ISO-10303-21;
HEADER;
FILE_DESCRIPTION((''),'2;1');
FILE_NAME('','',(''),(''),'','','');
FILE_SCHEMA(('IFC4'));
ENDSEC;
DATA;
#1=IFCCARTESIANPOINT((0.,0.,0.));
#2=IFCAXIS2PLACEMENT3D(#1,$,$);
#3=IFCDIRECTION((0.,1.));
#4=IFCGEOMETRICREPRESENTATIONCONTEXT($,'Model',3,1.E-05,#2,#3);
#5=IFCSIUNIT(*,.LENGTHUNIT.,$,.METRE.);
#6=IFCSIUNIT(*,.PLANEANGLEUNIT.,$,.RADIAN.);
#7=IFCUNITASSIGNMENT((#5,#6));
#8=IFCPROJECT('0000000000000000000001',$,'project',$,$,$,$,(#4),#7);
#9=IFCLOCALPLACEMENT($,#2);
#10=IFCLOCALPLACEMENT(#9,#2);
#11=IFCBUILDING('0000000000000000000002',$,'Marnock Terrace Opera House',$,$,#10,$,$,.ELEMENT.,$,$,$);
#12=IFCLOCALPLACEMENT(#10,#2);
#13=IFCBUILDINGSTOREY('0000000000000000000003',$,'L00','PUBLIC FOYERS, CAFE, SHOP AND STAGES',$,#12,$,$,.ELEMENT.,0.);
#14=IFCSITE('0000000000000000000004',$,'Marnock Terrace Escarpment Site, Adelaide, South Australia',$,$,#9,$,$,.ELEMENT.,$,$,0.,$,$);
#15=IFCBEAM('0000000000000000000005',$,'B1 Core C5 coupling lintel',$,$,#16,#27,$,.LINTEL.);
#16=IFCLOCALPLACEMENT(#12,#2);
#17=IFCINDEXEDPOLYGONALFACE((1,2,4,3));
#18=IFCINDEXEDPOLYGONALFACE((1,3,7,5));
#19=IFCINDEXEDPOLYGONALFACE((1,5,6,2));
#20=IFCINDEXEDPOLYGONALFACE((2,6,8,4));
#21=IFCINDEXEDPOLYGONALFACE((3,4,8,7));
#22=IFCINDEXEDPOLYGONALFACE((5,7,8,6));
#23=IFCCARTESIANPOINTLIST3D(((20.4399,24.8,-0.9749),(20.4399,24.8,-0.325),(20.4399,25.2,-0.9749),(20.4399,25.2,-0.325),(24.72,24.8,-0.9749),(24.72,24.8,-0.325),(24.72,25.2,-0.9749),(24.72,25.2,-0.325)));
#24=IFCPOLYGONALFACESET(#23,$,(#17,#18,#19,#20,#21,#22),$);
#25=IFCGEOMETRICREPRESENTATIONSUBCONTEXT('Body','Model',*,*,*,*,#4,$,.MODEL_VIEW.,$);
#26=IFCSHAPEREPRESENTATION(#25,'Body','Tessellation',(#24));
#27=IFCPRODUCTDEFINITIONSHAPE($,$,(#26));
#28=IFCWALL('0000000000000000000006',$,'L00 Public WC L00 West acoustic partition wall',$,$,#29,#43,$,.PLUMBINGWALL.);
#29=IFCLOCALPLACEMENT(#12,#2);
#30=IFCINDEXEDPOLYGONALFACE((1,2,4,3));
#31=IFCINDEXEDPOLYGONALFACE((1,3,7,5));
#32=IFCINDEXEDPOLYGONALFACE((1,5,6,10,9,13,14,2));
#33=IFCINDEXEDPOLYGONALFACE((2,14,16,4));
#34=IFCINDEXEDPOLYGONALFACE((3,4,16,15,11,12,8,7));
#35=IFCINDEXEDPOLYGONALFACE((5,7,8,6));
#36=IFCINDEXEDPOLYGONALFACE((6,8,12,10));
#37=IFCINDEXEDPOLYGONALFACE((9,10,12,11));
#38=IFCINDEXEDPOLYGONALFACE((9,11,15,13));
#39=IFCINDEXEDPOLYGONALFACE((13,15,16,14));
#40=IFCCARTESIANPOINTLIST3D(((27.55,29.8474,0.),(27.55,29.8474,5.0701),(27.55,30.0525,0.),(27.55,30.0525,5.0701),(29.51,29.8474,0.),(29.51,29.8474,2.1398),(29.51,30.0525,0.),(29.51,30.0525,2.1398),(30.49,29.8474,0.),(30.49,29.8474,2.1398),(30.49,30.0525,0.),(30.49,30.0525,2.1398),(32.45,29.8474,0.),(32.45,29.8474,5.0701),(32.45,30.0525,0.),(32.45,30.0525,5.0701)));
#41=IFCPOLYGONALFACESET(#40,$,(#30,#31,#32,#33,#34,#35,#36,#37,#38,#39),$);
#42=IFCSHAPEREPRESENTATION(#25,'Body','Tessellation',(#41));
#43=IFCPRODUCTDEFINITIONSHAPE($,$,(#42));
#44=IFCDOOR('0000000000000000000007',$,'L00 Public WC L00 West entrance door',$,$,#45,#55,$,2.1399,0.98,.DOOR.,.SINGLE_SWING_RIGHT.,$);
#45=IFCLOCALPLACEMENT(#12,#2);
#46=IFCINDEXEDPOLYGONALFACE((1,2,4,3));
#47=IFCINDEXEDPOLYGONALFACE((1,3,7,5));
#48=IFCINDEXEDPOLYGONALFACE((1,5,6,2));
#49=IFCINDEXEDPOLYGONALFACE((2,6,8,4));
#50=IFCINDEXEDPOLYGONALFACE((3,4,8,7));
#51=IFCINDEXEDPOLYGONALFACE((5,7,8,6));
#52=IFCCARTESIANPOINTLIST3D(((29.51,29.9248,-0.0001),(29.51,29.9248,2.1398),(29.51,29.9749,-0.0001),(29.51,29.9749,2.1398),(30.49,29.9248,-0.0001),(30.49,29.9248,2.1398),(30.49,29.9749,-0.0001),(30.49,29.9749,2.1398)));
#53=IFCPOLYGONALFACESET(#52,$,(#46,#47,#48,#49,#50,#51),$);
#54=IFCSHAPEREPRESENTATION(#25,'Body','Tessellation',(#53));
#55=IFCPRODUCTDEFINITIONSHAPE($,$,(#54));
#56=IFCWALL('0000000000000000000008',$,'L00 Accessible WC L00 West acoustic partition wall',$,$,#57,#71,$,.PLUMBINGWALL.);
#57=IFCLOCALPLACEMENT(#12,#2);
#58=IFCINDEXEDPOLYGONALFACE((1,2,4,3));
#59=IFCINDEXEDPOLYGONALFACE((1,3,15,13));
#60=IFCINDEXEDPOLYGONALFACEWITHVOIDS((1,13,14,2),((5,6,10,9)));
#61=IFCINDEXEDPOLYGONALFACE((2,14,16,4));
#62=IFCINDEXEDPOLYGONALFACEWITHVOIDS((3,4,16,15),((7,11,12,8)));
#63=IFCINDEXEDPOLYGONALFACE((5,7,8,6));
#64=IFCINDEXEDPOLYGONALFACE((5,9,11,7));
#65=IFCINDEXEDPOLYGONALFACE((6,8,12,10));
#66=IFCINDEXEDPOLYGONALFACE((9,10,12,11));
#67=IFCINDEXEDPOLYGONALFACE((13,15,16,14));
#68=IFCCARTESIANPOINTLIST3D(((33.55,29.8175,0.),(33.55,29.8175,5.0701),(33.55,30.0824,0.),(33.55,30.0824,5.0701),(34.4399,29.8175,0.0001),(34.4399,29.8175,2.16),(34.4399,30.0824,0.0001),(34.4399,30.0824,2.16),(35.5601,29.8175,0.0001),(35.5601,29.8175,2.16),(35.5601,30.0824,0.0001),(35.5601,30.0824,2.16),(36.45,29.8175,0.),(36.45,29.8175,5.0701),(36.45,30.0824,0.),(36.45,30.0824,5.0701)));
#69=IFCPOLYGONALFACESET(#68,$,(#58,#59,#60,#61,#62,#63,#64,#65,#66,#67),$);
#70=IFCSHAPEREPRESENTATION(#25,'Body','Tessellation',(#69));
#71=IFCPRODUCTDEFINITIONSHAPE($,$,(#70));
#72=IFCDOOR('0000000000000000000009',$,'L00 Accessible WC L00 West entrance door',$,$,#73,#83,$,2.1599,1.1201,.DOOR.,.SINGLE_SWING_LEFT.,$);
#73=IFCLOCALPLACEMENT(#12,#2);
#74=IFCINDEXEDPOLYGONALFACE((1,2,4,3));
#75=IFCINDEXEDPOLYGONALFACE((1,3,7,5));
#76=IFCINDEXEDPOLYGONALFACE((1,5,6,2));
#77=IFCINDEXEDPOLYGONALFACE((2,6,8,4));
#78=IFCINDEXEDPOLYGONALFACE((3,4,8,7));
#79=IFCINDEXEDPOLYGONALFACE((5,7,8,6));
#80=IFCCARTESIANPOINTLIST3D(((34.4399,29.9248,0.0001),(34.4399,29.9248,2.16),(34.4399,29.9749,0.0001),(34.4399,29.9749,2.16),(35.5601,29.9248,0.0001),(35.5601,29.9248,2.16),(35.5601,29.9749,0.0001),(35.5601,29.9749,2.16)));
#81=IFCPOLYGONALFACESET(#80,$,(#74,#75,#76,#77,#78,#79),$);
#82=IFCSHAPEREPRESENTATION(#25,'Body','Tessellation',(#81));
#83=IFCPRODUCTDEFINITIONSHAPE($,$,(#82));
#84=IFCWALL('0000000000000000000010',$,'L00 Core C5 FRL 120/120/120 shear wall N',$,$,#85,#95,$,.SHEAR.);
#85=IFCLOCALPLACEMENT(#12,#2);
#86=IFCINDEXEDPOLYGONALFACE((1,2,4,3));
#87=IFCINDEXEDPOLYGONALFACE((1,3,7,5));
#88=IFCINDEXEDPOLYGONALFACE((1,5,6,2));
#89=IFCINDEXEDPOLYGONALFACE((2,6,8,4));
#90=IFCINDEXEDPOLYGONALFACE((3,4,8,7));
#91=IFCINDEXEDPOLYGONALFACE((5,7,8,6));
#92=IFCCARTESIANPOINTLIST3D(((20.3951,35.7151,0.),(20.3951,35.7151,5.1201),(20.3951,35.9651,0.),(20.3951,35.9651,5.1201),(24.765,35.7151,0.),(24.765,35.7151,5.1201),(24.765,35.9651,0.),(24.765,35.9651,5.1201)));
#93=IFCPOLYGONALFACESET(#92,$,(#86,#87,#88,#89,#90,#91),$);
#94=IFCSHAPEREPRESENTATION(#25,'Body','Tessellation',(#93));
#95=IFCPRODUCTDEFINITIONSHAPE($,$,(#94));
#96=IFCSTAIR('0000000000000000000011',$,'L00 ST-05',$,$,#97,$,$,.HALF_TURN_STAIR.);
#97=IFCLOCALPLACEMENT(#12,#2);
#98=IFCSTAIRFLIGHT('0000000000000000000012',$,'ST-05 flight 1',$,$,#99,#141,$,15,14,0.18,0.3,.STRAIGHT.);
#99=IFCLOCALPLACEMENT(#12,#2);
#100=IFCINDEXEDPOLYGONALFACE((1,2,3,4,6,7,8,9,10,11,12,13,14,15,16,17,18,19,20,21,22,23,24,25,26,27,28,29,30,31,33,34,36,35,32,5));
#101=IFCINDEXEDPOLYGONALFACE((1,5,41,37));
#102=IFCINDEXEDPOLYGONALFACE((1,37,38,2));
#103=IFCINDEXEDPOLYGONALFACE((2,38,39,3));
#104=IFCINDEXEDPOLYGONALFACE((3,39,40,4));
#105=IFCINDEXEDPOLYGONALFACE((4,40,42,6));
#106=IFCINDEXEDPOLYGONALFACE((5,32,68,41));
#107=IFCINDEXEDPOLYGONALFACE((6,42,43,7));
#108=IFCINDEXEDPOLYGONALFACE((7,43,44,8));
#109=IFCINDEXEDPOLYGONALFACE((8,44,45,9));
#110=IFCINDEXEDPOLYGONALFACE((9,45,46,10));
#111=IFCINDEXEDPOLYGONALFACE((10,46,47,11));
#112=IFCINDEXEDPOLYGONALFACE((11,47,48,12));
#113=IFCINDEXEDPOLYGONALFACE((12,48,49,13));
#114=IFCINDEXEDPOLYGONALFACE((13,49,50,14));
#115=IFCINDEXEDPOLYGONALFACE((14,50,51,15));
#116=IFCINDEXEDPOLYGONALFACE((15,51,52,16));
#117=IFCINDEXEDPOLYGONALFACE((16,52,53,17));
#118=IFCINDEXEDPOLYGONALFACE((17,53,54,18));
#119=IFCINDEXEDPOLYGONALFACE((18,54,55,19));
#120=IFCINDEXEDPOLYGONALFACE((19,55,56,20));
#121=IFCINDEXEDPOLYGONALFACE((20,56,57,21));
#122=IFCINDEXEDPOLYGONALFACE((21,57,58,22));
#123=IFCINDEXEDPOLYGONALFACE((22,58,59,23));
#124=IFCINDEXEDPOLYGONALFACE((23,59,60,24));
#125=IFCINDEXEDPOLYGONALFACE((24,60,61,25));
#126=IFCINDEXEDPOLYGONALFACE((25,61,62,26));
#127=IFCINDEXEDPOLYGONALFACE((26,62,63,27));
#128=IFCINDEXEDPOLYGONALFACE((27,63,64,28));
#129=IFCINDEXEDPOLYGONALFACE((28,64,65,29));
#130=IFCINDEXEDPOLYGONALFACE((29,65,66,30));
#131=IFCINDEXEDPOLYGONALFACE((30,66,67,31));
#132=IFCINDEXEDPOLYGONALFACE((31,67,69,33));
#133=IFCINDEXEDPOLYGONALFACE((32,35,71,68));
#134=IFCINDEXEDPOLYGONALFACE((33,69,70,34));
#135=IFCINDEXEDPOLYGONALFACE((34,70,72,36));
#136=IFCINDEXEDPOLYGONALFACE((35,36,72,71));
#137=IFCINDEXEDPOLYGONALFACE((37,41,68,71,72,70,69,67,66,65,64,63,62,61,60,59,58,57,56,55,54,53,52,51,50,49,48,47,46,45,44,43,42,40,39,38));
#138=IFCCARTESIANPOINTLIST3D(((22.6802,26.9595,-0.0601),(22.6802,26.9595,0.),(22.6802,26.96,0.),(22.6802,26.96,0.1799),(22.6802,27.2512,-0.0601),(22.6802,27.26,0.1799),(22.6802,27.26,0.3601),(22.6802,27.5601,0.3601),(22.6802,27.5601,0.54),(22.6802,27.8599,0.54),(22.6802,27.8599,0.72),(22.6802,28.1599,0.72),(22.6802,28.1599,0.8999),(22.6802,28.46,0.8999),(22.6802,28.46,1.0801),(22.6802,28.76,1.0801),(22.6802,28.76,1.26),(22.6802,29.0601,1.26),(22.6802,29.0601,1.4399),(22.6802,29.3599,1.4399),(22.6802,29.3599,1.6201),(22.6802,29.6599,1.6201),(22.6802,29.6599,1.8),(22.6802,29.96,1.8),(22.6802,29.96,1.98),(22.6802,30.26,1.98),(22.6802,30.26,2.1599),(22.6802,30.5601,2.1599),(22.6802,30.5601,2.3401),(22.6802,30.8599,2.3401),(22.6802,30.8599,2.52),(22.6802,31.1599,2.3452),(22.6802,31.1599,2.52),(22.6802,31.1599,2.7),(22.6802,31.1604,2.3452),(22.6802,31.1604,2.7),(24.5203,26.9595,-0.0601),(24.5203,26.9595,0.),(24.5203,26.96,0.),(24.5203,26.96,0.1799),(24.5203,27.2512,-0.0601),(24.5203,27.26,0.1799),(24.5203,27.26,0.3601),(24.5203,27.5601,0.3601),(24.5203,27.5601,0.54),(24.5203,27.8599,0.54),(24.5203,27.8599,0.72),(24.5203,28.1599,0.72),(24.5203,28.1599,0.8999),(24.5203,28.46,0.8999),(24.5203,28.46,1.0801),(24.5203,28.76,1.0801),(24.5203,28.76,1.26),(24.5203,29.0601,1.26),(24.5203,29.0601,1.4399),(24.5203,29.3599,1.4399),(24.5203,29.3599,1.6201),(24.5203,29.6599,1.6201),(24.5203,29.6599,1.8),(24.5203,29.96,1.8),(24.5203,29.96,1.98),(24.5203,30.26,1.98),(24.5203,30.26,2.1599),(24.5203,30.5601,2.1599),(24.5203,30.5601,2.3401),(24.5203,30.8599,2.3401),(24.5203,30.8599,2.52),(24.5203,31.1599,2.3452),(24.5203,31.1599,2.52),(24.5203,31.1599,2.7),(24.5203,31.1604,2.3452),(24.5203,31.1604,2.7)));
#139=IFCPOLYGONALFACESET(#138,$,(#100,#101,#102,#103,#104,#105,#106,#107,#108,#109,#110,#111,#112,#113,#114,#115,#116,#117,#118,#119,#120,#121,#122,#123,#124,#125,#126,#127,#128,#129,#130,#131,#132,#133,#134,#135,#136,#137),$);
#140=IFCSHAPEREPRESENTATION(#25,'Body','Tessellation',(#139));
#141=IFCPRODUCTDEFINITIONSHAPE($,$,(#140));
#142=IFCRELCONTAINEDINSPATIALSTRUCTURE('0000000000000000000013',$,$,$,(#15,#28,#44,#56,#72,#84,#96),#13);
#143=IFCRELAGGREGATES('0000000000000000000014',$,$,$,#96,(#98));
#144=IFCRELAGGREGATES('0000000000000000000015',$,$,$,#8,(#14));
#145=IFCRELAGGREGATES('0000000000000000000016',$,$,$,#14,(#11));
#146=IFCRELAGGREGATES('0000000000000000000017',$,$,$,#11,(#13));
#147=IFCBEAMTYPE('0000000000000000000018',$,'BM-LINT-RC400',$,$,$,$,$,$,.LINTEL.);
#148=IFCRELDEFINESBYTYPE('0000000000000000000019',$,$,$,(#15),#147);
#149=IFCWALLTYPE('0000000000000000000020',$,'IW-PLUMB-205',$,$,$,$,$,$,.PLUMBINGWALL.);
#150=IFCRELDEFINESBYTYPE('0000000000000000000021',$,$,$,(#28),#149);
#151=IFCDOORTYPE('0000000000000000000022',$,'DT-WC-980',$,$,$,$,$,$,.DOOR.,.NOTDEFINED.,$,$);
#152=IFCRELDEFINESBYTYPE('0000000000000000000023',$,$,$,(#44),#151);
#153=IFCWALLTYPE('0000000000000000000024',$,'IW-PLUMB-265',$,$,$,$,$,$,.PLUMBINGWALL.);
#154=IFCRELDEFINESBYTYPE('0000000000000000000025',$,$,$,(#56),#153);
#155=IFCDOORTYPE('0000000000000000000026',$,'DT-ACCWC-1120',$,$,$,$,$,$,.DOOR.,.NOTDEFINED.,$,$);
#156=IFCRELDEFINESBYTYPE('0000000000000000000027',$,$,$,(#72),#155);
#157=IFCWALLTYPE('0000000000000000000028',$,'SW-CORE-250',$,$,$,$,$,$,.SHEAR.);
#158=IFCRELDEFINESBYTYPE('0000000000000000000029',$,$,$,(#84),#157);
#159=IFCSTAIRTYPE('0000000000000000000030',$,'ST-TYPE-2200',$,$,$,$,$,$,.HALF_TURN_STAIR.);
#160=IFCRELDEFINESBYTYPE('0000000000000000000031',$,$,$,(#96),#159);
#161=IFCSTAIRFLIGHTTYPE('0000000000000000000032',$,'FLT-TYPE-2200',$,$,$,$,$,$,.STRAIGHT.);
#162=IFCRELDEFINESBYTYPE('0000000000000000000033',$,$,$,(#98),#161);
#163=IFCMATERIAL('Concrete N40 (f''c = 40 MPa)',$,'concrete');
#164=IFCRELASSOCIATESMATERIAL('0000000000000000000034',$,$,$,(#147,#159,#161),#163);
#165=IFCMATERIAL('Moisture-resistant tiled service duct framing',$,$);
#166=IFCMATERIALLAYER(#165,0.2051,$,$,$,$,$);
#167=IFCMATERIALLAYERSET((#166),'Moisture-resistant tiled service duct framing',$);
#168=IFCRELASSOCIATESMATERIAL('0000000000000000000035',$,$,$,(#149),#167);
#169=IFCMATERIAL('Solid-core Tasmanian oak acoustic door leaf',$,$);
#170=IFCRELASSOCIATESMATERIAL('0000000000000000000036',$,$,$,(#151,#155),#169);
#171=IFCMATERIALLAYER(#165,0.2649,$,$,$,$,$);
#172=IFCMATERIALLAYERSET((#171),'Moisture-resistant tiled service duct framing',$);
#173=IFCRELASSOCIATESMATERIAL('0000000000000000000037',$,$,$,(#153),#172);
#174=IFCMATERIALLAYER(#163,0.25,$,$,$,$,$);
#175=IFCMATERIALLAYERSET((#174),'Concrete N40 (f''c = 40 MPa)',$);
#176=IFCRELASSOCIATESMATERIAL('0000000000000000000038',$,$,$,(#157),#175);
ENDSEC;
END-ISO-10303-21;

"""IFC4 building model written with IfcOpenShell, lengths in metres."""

from ifc_helpers import new_model, si_unit, direction, frame, frame_2d, origin, origin_2d, place, context, subcontext, project, spatial, polyline, rectangle, outline, extrude, material, layer, layer_set, material_profile, profile_set, type_object, element, fill, aggregate, save


model = new_model("IFC4")

# Units and contexts
model_context = context("Model", 3, precision=1e-05, world=origin(), true_north=direction((0.0, 1.0)))
body_context = subcontext(model_context, "Body", "Model", "MODEL_VIEW")
ifc_project = project(units=[si_unit("LENGTHUNIT", "METRE"), si_unit("PLANEANGLEUNIT", "RADIAN")], contexts=[model_context])

# Site, building, storey
site_placement = place(None, origin())
site = spatial("IfcSite", under=ifc_project, at=site_placement, Name="Marnock Terrace Escarpment Site, Adelaide, South Australia", CompositionType="ELEMENT", RefElevation=0.0)
building_placement = place(site_placement, origin())
building = spatial("IfcBuilding", under=site, at=building_placement, Name="Marnock Terrace Opera House", CompositionType="ELEMENT")
storey_placement = place(building_placement, origin())
storey = spatial("IfcBuildingStorey", under=building, at=storey_placement, Name="L00", Description="PUBLIC FOYERS, CAFE, SHOP AND STAGES", CompositionType="ELEMENT", Elevation=0.0)

# Beam
ifc_material_1 = material(Name="Concrete N40 (f'c = 40 MPa)", Category="concrete")
ifc_material_profile_1 = material_profile(ifc_material_1, rectangle(XDim=0.3999, YDim=0.6499, at=origin_2d()))
ifc_profile_set_1 = profile_set([ifc_material_profile_1], Name="Concrete N40 (f'c = 40 MPa)")
beam_type_1 = type_object("IfcBeamType", Name="BM-LINT-RC400", PredefinedType="LINTEL", material=ifc_profile_set_1)
beam_1_placement = place(storey_placement, frame((20.4399, 25.0, -0.6499), z_axis=(1.0, 0.0, 0.0), x_axis=(0.0, 1.0, 0.0)))
element("IfcBeam", 1, at=beam_1_placement, inside=storey, type_object=beam_type_1, Name="B1 Core C5 coupling lintel", PredefinedType="LINTEL", context=body_context, shape_type="SweptSolid", body=[
    extrude(rectangle(XDim=0.3999, YDim=0.6499, at=origin_2d()), origin(), (0.0, 0.0, 1.0), 4.28),
])

# Walls, openings, doors
ifc_material_2 = material(Name="Moisture-resistant tiled service duct framing")
ifc_layer_1 = layer(ifc_material_2, 0.2051)
ifc_layer_set_1 = layer_set([ifc_layer_1], Name="Moisture-resistant tiled service duct framing")
wall_type_1 = type_object("IfcWallType", Name="IW-PLUMB-205", PredefinedType="PLUMBINGWALL", material=ifc_layer_set_1)
wall_1_placement = place(storey_placement, frame((27.55, 29.95, 0.0), z_axis=(0.0, 0.0, 1.0), x_axis=(1.0, 0.0, 0.0)))
wall_1 = element("IfcWall", 2, at=wall_1_placement, inside=storey, type_object=wall_type_1, Name="L00 Public WC L00 West acoustic partition wall", PredefinedType="PLUMBINGWALL", context=body_context, shape_type="SweptSolid", body=[
    extrude(rectangle(XDim=4.8999, YDim=0.2051, at=frame_2d((2.45, 0.0))), origin(), (0.0, 0.0, 1.0), 5.0701),
])
opening_1_placement = place(wall_1_placement, frame((1.96, 0.0, 0.0)))
opening_1 = element("IfcOpeningElement", 3, at=opening_1_placement, cuts=wall_1, PredefinedType="OPENING", context=body_context, shape_type="SweptSolid", body=[
    extrude(rectangle(XDim=0.98, YDim=2.1399, at=frame_2d((0.49, 1.0698))), frame((0.0, 0.1125, 0.0), z_axis=(0.0, -1.0, 0.0), x_axis=(1.0, 0.0, 0.0)), (0.0, 0.0, 1.0), 0.2251),
])
ifc_material_3 = material(Name="Solid-core Tasmanian oak acoustic door leaf")
door_type_1 = type_object("IfcDoorType", Name="DT-WC-980", OperationType="NOTDEFINED", PredefinedType="DOOR", material=ifc_material_3)
door_1_placement = place(opening_1_placement, origin())
door_1 = element("IfcDoor", 4, at=door_1_placement, inside=storey, type_object=door_type_1, Name="L00 Public WC L00 West entrance door", OperationType="SINGLE_SWING_RIGHT", OverallHeight=2.1399, OverallWidth=0.98, PredefinedType="DOOR", context=body_context, shape_type="SweptSolid", body=[
    extrude(rectangle(XDim=0.98, YDim=2.1399, at=frame_2d((0.49, 1.0698))), frame((0.0, 0.0249, 0.0), z_axis=(0.0, -1.0, 0.0), x_axis=(1.0, 0.0, 0.0)), (0.0, 0.0, 1.0), 0.05),
])
fill(opening_1, door_1)
ifc_layer_2 = layer(ifc_material_2, 0.2649)
ifc_layer_set_2 = layer_set([ifc_layer_2], Name="Moisture-resistant tiled service duct framing")
wall_type_2 = type_object("IfcWallType", Name="IW-PLUMB-265", PredefinedType="PLUMBINGWALL", material=ifc_layer_set_2)
wall_2_placement = place(storey_placement, frame((33.55, 29.95, 0.0), z_axis=(0.0, 0.0, 1.0), x_axis=(1.0, 0.0, 0.0)))
wall_2 = element("IfcWall", 5, at=wall_2_placement, inside=storey, type_object=wall_type_2, Name="L00 Accessible WC L00 West acoustic partition wall", PredefinedType="PLUMBINGWALL", context=body_context, shape_type="SweptSolid", body=[
    extrude(rectangle(XDim=2.8999, YDim=0.2649, at=frame_2d((1.45, 0.0))), origin(), (0.0, 0.0, 1.0), 5.0701),
])
opening_2_placement = place(wall_2_placement, frame((0.8899, 0.0, 0.0)))
opening_2 = element("IfcOpeningElement", 6, at=opening_2_placement, cuts=wall_2, PredefinedType="OPENING", context=body_context, shape_type="SweptSolid", body=[
    extrude(rectangle(XDim=1.1201, YDim=2.1599, at=frame_2d((0.5601, 1.0801))), frame((0.0, 0.1423, 0.0), z_axis=(0.0, -1.0, 0.0), x_axis=(1.0, 0.0, 0.0)), (0.0, 0.0, 1.0), 0.2849),
])
door_type_2 = type_object("IfcDoorType", Name="DT-ACCWC-1120", OperationType="NOTDEFINED", PredefinedType="DOOR", material=ifc_material_3)
door_2_placement = place(opening_2_placement, origin())
door_2 = element("IfcDoor", 7, at=door_2_placement, inside=storey, type_object=door_type_2, Name="L00 Accessible WC L00 West entrance door", OperationType="SINGLE_SWING_LEFT", OverallHeight=2.1599, OverallWidth=1.1201, PredefinedType="DOOR", context=body_context, shape_type="SweptSolid", body=[
    extrude(rectangle(XDim=1.1201, YDim=2.1599, at=frame_2d((0.5601, 1.0801))), frame((0.0, 0.0249, 0.0), z_axis=(0.0, -1.0, 0.0), x_axis=(1.0, 0.0, 0.0)), (0.0, 0.0, 1.0), 0.05),
])
fill(opening_2, door_2)

# Wall
ifc_layer_3 = layer(ifc_material_1, 0.25)
ifc_layer_set_3 = layer_set([ifc_layer_3], Name="Concrete N40 (f'c = 40 MPa)")
wall_type_3 = type_object("IfcWallType", Name="SW-CORE-250", PredefinedType="SHEAR", material=ifc_layer_set_3)
wall_3_placement = place(storey_placement, frame((20.395, 35.8401, 0.0), z_axis=(0.0, 0.0, 1.0), x_axis=(1.0, 0.0, 0.0)))
element("IfcWall", 8, at=wall_3_placement, inside=storey, type_object=wall_type_3, Name="L00 Core C5 FRL 120/120/120 shear wall N", PredefinedType="SHEAR", context=body_context, shape_type="SweptSolid", body=[
    extrude(rectangle(XDim=4.3699, YDim=0.25, at=frame_2d((2.1851, 0.0))), origin(), (0.0, 0.0, 1.0), 5.1201),
])

# Stair, stair flight
stair_type = type_object("IfcStairType", Name="ST-TYPE-2200", PredefinedType="HALF_TURN_STAIR", material=ifc_material_1)
stair_placement = place(storey_placement, origin())
stair = element("IfcStair", 9, at=stair_placement, inside=storey, type_object=stair_type, Name="L00 ST-05", PredefinedType="HALF_TURN_STAIR")
stair_flight_type = type_object("IfcStairFlightType", Name="FLT-TYPE-2200", PredefinedType="STRAIGHT", material=ifc_material_1)
stair_flight_1_placement = place(storey_placement, frame((23.6001, 26.96, 0.0), z_axis=(0.0, 0.0, 1.0), x_axis=(0.0, 1.0, 0.0)))
stair_flight_1 = element("IfcStairFlight", 10, at=stair_flight_1_placement, type_object=stair_flight_type, Name="ST-05 flight 1", NumberOfRisers=15, NumberOfTreads=14, PredefinedType="STRAIGHT", RiserHeight=0.18, TreadLength=0.3, context=body_context, shape_type="SweptSolid", body=[
    extrude(outline(polyline([(-0.0005, -0.0601), (-0.0005, 0.0), (0.0, 0.0), (0.0, 0.1799), (0.3, 0.1799), (0.3, 0.3601), (0.6001, 0.3601), (0.6001, 0.54), (0.8999, 0.54), (0.8999, 0.72), (1.2, 0.72), (1.2, 0.8999), (1.5, 0.8999), (1.5, 1.0801), (1.8, 1.0801), (1.8, 1.26), (2.1001, 1.26), (2.1001, 1.4399), (2.3999, 1.4399), (2.3999, 1.6201), (2.7, 1.6201), (2.7, 1.8), (3.0, 1.8), (3.0, 1.98), (3.3, 1.98), (3.3, 2.1599), (3.6001, 2.1599), (3.6001, 2.3401), (3.8999, 2.3401), (3.8999, 2.52), (4.2, 2.52), (4.2, 2.7), (4.2004, 2.7), (4.2004, 2.3452), (4.2, 2.3452), (0.2913, -0.0601), (-0.0005, -0.0601)])), frame((0.0, 0.9199, 0.0), z_axis=(0.0, -1.0, 0.0), x_axis=(1.0, 0.0, 0.0)), (0.0, 0.0, 1.0), 1.8401),
])
aggregate(stair, [stair_flight_1])

save(model, "model.ifc")
